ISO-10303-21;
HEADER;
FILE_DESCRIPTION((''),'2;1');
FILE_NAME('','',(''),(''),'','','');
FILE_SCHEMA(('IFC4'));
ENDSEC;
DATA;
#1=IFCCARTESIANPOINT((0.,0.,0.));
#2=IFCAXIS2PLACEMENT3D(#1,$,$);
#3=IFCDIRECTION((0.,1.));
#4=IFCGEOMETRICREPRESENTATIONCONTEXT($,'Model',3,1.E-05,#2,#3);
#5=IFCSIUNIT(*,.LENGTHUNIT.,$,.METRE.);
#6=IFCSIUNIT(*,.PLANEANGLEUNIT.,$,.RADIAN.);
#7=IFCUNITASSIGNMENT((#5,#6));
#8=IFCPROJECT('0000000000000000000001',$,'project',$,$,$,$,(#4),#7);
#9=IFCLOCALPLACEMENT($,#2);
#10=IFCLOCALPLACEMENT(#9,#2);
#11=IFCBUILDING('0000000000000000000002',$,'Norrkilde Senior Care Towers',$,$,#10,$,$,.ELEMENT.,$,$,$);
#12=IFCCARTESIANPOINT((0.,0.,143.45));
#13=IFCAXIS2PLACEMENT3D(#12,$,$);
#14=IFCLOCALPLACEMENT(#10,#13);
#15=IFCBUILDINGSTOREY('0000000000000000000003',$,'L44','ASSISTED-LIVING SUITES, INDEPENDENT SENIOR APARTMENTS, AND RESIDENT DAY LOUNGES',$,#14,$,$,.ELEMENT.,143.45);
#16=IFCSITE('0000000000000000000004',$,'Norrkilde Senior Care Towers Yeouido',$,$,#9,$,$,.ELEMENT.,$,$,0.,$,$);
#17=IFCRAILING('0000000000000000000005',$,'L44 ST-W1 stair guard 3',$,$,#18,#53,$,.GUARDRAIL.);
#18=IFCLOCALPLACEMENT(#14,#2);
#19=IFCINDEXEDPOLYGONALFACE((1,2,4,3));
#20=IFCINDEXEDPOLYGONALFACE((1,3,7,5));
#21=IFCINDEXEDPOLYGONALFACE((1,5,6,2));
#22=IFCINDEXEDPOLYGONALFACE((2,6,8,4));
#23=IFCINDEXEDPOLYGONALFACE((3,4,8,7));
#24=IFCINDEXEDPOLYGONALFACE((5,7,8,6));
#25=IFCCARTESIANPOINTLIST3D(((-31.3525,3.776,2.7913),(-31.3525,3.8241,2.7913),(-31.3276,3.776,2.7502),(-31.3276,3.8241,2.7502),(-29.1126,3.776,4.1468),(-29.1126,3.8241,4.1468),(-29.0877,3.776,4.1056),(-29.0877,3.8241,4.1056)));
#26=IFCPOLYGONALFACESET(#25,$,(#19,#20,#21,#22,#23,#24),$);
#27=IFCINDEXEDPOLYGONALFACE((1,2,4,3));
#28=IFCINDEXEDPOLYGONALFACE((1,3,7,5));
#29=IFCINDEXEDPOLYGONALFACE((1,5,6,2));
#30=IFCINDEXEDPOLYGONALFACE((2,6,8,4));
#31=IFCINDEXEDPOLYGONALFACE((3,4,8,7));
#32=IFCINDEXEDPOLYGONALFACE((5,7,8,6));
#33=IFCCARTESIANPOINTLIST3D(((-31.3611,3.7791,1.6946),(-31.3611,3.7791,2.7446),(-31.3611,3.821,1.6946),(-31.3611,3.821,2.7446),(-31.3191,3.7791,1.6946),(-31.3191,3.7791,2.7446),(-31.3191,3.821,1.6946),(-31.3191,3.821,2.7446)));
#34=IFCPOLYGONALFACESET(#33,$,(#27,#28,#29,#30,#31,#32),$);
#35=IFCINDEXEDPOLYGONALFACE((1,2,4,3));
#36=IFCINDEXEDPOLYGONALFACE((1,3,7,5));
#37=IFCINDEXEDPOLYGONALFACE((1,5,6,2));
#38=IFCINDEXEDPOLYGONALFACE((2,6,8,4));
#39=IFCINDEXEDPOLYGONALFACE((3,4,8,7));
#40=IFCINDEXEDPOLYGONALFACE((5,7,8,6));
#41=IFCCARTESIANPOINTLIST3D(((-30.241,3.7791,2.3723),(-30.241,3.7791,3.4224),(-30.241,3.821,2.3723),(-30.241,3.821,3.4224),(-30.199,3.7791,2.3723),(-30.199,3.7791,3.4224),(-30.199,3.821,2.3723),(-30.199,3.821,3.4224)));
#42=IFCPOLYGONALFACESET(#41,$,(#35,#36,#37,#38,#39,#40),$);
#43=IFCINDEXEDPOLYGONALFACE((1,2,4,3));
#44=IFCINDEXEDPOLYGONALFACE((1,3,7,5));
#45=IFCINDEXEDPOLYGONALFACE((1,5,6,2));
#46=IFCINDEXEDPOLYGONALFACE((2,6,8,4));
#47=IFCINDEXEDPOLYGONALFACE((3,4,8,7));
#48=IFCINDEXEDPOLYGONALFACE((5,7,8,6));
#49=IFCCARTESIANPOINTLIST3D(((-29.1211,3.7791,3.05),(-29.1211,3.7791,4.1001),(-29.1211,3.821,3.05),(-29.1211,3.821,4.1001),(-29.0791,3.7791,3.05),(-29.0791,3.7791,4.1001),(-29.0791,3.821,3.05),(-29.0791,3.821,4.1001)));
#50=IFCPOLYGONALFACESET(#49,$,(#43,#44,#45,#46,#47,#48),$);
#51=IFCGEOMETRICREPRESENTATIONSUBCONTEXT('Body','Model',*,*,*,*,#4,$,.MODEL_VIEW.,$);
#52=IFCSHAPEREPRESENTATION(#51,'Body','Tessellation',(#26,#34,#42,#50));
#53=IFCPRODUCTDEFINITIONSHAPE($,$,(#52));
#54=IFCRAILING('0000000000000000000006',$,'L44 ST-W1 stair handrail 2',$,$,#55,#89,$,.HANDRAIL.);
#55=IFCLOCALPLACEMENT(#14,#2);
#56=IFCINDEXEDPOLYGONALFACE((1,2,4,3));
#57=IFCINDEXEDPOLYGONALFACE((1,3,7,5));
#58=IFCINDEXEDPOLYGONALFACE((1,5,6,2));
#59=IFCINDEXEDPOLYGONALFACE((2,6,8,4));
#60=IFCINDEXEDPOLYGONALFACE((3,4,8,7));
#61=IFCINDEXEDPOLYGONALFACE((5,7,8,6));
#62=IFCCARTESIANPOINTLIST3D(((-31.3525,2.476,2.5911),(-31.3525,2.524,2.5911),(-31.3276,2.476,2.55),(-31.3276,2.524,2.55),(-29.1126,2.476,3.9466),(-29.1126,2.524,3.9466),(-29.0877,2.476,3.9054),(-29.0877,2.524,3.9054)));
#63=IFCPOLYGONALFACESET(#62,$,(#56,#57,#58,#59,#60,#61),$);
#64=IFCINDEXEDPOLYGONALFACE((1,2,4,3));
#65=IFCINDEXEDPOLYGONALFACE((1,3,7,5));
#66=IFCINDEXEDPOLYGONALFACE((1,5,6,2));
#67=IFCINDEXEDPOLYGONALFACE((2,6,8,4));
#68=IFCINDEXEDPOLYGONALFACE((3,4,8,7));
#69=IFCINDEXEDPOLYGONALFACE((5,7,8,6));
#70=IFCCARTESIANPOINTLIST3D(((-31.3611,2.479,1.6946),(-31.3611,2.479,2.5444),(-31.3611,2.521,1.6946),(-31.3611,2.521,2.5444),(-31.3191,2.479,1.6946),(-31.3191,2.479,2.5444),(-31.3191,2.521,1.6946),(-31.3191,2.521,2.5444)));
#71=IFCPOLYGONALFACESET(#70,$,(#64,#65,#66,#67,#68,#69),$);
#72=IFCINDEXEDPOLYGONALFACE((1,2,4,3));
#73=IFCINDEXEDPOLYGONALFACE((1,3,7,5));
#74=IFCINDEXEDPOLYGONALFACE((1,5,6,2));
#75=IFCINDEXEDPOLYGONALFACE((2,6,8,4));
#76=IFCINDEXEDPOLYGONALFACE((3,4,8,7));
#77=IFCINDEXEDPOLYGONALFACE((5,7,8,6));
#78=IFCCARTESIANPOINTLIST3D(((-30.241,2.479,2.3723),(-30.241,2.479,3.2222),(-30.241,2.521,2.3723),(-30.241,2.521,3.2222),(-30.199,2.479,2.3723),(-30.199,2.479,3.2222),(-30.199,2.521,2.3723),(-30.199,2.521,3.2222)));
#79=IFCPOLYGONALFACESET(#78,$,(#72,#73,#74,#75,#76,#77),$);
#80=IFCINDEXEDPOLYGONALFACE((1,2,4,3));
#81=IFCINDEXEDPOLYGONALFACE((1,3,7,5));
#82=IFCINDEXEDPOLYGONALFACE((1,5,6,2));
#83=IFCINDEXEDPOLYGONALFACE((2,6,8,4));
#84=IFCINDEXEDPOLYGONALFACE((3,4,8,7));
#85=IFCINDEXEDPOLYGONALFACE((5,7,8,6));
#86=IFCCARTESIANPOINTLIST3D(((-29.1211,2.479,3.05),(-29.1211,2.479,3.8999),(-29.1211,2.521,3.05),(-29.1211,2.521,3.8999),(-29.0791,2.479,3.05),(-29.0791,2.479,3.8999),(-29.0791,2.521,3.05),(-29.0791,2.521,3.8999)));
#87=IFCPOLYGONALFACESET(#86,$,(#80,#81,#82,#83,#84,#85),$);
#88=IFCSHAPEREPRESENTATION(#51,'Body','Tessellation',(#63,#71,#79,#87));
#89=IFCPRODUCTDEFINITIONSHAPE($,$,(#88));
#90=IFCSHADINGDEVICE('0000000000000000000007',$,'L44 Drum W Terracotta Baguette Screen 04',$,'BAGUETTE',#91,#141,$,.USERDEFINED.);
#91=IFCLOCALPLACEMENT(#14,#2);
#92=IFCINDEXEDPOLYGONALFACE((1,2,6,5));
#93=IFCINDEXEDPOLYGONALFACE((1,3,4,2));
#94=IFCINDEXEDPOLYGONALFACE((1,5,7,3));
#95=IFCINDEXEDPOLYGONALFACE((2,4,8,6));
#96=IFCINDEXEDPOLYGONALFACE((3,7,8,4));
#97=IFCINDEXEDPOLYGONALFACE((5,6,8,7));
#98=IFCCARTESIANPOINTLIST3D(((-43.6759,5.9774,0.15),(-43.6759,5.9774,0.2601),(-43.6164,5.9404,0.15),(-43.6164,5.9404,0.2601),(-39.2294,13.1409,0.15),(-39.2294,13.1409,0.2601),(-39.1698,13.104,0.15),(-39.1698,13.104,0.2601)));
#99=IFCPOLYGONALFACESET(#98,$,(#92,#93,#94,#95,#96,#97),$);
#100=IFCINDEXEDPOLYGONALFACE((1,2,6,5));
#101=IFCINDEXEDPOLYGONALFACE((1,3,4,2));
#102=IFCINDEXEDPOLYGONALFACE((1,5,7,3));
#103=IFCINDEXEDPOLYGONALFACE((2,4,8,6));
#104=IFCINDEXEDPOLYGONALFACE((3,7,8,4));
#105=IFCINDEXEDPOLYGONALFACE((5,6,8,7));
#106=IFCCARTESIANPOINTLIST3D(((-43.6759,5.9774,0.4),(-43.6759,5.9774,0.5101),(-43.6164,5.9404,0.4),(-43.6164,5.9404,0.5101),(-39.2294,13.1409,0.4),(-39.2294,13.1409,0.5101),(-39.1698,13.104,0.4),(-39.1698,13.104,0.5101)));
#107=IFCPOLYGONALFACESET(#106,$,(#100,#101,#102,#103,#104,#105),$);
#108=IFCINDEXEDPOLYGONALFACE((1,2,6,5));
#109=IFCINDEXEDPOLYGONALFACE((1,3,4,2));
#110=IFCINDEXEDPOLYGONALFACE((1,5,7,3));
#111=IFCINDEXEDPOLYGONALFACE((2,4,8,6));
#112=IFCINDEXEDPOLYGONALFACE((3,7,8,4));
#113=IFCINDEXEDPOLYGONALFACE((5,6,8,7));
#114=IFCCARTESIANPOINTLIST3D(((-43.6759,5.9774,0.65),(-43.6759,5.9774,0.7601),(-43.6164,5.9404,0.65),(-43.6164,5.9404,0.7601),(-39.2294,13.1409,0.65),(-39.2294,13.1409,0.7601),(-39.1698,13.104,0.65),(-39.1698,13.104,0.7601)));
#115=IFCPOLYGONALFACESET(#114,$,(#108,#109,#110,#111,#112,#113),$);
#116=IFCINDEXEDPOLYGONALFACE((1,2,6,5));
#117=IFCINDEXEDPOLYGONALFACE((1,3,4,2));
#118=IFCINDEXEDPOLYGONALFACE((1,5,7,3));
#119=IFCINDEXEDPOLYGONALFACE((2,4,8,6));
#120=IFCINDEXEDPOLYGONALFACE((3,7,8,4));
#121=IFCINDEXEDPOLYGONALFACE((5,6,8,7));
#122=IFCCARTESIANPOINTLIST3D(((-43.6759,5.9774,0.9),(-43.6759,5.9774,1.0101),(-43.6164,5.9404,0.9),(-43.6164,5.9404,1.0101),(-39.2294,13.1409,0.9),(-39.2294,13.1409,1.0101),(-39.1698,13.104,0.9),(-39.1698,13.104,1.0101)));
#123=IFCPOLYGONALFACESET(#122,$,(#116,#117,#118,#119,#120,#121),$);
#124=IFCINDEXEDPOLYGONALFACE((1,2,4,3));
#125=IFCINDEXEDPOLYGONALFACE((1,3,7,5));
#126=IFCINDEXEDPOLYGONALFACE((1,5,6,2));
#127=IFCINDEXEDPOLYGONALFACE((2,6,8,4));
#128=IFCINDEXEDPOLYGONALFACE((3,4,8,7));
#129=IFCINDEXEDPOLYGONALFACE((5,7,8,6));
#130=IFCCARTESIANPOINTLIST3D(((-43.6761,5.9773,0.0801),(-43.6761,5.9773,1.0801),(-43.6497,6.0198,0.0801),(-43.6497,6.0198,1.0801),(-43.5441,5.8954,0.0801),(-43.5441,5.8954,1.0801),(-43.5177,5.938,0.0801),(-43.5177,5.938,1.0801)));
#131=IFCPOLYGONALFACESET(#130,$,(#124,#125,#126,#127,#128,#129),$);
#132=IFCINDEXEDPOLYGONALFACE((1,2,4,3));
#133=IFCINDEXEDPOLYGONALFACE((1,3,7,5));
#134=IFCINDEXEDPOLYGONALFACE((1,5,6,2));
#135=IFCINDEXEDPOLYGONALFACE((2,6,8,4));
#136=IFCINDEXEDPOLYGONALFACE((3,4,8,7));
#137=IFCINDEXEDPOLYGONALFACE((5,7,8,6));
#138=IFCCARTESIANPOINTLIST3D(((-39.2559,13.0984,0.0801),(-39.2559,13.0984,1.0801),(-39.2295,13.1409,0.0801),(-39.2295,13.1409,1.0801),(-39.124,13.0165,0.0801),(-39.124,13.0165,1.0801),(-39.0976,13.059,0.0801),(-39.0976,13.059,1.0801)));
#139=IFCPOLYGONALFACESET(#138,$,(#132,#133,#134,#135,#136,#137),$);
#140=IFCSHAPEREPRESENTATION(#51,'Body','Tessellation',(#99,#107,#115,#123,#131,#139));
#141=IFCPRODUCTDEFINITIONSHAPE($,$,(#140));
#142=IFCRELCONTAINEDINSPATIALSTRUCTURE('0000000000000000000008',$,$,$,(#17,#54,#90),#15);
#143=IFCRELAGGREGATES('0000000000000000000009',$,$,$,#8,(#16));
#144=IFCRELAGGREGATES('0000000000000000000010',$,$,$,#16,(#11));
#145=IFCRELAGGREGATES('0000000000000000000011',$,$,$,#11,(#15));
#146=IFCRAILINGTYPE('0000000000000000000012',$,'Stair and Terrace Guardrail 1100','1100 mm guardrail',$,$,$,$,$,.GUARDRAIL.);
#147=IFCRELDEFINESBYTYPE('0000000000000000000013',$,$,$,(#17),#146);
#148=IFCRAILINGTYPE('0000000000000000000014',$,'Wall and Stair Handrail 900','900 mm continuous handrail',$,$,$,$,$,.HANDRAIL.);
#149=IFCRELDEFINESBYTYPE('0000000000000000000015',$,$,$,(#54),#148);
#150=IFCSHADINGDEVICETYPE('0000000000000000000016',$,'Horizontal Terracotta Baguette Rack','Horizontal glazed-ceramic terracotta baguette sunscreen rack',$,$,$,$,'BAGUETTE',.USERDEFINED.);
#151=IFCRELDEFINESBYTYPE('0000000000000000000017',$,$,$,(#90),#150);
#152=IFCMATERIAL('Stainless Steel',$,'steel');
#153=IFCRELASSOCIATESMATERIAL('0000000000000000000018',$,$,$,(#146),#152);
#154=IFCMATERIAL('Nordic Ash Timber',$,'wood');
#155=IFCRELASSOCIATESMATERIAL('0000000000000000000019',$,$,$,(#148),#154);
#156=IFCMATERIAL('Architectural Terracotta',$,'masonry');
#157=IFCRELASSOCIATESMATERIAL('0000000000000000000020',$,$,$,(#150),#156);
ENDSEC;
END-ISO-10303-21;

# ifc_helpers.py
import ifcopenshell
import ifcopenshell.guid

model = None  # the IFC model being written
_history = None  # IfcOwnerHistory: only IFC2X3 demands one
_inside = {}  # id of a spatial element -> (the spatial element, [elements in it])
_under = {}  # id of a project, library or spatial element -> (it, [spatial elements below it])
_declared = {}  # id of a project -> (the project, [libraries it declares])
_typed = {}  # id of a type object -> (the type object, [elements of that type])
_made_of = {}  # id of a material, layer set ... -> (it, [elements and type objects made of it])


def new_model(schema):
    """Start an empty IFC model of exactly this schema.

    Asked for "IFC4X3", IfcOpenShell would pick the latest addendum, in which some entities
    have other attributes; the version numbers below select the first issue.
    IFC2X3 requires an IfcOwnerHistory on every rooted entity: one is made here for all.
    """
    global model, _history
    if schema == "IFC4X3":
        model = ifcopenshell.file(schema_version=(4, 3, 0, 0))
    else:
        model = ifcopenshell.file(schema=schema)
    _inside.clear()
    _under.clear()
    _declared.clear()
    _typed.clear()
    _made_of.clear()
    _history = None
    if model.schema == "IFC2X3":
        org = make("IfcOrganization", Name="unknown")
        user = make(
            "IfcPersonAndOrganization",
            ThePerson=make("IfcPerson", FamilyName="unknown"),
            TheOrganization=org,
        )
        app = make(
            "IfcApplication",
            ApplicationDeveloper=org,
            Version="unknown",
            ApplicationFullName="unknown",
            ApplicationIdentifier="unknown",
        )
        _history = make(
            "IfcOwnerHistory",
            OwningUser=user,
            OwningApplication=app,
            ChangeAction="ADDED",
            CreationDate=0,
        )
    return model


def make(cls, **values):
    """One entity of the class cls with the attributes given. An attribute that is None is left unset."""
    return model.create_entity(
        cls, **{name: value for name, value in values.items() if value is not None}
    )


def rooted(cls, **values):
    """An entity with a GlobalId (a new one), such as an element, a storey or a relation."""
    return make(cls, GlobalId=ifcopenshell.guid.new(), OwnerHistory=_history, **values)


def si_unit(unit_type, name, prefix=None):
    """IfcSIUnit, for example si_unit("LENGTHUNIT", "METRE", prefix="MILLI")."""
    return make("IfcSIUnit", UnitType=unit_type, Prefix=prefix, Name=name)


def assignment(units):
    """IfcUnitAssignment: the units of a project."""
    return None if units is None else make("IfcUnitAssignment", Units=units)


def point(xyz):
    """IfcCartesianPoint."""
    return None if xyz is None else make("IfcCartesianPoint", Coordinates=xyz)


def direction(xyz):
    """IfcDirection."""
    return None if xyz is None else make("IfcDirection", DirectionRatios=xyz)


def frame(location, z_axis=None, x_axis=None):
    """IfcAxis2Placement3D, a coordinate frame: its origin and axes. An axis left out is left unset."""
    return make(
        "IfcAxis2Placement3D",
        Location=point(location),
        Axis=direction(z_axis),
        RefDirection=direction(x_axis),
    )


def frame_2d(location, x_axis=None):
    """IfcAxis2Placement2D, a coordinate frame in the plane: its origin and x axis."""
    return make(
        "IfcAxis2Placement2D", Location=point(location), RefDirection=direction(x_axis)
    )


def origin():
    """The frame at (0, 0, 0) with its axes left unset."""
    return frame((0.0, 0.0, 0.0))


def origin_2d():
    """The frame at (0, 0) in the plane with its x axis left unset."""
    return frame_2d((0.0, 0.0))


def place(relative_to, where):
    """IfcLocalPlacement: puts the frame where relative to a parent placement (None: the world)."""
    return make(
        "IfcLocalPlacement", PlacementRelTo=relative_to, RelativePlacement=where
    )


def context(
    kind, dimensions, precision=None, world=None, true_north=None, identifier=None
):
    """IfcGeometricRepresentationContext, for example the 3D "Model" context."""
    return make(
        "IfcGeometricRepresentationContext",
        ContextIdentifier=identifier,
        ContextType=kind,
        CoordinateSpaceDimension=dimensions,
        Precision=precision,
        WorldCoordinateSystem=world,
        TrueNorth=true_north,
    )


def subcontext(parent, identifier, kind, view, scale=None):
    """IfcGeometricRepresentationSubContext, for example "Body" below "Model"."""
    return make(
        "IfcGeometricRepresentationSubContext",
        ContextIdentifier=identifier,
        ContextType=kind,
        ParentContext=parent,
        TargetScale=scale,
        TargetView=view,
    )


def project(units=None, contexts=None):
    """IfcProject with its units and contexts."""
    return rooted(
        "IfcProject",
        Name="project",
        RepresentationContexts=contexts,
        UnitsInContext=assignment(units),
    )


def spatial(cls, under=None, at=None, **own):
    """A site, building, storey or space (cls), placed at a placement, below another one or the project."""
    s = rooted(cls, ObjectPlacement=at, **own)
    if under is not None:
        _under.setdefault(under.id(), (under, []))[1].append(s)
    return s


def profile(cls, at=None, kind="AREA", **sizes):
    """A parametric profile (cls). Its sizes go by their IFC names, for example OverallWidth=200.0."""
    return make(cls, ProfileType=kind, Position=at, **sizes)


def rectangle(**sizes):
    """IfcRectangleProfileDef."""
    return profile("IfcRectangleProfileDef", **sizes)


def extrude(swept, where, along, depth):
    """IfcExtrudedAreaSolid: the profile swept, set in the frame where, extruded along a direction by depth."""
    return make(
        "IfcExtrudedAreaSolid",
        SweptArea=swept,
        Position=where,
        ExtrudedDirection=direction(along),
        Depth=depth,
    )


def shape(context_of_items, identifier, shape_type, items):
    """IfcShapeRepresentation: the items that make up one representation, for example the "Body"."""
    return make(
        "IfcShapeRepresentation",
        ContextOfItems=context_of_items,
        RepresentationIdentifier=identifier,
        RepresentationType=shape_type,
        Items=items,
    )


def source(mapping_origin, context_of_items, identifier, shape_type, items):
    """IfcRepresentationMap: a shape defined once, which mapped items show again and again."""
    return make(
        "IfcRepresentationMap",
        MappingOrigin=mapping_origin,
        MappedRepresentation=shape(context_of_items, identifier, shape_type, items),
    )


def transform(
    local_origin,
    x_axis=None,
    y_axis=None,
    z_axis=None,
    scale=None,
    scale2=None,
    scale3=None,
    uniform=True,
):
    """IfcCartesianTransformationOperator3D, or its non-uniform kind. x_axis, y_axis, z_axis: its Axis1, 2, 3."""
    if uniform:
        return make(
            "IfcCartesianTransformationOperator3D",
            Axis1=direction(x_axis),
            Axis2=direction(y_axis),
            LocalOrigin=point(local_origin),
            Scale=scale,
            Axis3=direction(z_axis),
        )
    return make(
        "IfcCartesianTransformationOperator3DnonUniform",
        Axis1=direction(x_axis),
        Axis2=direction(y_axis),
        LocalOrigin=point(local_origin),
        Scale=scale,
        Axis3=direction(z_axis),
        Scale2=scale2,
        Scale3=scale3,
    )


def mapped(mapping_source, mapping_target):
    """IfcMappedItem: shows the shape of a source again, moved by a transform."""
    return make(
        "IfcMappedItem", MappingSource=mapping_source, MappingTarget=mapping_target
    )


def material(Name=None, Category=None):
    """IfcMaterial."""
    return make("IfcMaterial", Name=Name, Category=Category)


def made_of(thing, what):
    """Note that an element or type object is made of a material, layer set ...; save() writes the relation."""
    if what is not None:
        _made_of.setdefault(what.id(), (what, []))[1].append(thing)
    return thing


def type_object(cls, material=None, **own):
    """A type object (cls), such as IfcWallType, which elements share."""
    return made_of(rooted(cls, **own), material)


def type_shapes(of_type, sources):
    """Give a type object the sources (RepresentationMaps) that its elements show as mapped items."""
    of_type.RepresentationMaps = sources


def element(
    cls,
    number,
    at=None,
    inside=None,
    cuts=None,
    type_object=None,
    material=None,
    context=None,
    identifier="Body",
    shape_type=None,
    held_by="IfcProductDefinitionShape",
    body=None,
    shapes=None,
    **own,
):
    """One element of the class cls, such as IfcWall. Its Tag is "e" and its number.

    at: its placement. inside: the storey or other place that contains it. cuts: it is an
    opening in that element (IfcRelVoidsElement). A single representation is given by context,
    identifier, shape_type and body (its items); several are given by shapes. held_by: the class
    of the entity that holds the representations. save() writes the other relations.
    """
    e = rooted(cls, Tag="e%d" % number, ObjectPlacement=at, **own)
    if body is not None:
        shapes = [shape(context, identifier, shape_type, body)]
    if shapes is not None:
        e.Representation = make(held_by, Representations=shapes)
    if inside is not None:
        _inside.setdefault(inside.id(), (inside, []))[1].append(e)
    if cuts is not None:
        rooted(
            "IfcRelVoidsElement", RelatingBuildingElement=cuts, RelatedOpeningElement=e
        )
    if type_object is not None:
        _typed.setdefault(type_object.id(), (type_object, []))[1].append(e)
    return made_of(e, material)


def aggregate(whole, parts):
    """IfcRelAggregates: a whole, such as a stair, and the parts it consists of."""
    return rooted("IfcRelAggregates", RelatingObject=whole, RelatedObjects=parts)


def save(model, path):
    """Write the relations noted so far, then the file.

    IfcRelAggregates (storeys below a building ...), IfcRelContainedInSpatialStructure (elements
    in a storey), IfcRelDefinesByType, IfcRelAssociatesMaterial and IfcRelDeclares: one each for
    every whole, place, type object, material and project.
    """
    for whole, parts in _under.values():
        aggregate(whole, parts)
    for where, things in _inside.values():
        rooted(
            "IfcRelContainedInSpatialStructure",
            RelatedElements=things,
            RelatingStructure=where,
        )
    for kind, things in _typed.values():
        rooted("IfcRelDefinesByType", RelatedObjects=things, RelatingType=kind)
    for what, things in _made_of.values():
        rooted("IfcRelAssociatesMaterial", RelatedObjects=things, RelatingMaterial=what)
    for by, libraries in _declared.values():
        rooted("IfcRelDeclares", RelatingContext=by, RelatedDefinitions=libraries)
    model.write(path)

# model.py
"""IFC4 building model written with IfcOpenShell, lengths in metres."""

from ifc_helpers import new_model, si_unit, direction, frame, origin, origin_2d, place, context, subcontext, project, spatial, rectangle, extrude, source, transform, mapped, material, type_object, type_shapes, element, save


model = new_model("IFC4")

# Units and contexts
model_context = context("Model", 3, precision=1e-05, world=origin(), true_north=direction((0.0, 1.0)))
body_context = subcontext(model_context, "Body", "Model", "MODEL_VIEW")
ifc_project = project(units=[si_unit("LENGTHUNIT", "METRE"), si_unit("PLANEANGLEUNIT", "RADIAN")], contexts=[model_context])

# Site, building, storey
site_placement = place(None, origin())
site = spatial("IfcSite", under=ifc_project, at=site_placement, Name="Norrkilde Senior Care Towers Yeouido", CompositionType="ELEMENT", RefElevation=0.0)
building_placement = place(site_placement, origin())
building = spatial("IfcBuilding", under=site, at=building_placement, Name="Norrkilde Senior Care Towers", CompositionType="ELEMENT")
storey_placement = place(building_placement, frame((0.0, 0.0, 143.45)))
storey = spatial("IfcBuildingStorey", under=building, at=storey_placement, Name="L44", Description="ASSISTED-LIVING SUITES, INDEPENDENT SENIOR APARTMENTS, AND RESIDENT DAY LOUNGES", CompositionType="ELEMENT", Elevation=143.45)

# Railings
ifc_material_1 = material(Name="Stainless Steel", Category="steel")
railing_type_1 = type_object("IfcRailingType", Name="Stair and Terrace Guardrail 1100", Description="1100 mm guardrail", PredefinedType="GUARDRAIL", material=ifc_material_1)
railing_1_placement = place(storey_placement, frame((-31.3401, 3.8, 1.6946)))
element("IfcRailing", 1, at=railing_1_placement, inside=storey, type_object=railing_type_1, Name="L44 ST-W1 stair guard 3", PredefinedType="GUARDRAIL", context=body_context, shape_type="SweptSolid", body=[
    extrude(rectangle(XDim=0.0481, YDim=0.0481, at=origin_2d()), frame((0.0, 0.0, 1.0762), z_axis=(0.855553, 0.0, 0.517715), x_axis=(0.0, 1.0, 0.0)), (0.0, 0.0, 1.0), 2.6182),
    extrude(rectangle(XDim=0.042, YDim=0.042, at=origin_2d()), origin(), (0.0, 0.0, 1.0), 1.05),
    extrude(rectangle(XDim=0.042, YDim=0.042, at=origin_2d()), frame((1.1201, 0.0, 0.6777)), (0.0, 0.0, 1.0), 1.05),
    extrude(rectangle(XDim=0.042, YDim=0.042, at=origin_2d()), frame((2.24, 0.0, 1.3555)), (0.0, 0.0, 1.0), 1.05),
])
ifc_material_2 = material(Name="Nordic Ash Timber", Category="wood")
railing_type_2 = type_object("IfcRailingType", Name="Wall and Stair Handrail 900", Description="900 mm continuous handrail", PredefinedType="HANDRAIL", material=ifc_material_2)
railing_2_placement = place(storey_placement, frame((-31.3401, 2.5, 1.6946)))
element("IfcRailing", 2, at=railing_2_placement, inside=storey, type_object=railing_type_2, Name="L44 ST-W1 stair handrail 2", PredefinedType="HANDRAIL", context=body_context, shape_type="SweptSolid", body=[
    extrude(rectangle(XDim=0.0481, YDim=0.0481, at=origin_2d()), frame((0.0, 0.0, 0.876), z_axis=(0.855553, 0.0, 0.517715), x_axis=(0.0, 1.0, 0.0)), (0.0, 0.0, 1.0), 2.6182),
    extrude(rectangle(XDim=0.042, YDim=0.042, at=origin_2d()), origin(), (0.0, 0.0, 1.0), 0.8499),
    extrude(rectangle(XDim=0.042, YDim=0.042, at=origin_2d()), frame((1.1201, 0.0, 0.6777)), (0.0, 0.0, 1.0), 0.8499),
    extrude(rectangle(XDim=0.042, YDim=0.042, at=origin_2d()), frame((2.24, 0.0, 1.3555)), (0.0, 0.0, 1.0), 0.8499),
])

# Shading device
ifc_material_3 = material(Name="Architectural Terracotta", Category="masonry")
shading_device_type = type_object("IfcShadingDeviceType", Name="Horizontal Terracotta Baguette Rack", Description="Horizontal glazed-ceramic terracotta baguette sunscreen rack", ElementType="BAGUETTE", PredefinedType="USERDEFINED", material=ifc_material_3)
shared_shape_1 = source(origin(), body_context, "Body", "SweptSolid", [
    extrude(rectangle(XDim=0.0701, YDim=0.1101, at=origin_2d()), frame((0.0, 0.0901, 0.125), z_axis=(1.0, 0.0, 0.0), x_axis=(0.0, 1.0, 0.0)), (0.0, 0.0, 1.0), 8.4314),
    extrude(rectangle(XDim=0.0701, YDim=0.1101, at=origin_2d()), frame((0.0, 0.0901, 0.375), z_axis=(1.0, 0.0, 0.0), x_axis=(0.0, 1.0, 0.0)), (0.0, 0.0, 1.0), 8.4314),
    extrude(rectangle(XDim=0.0701, YDim=0.1101, at=origin_2d()), frame((0.0, 0.0901, 0.625), z_axis=(1.0, 0.0, 0.0), x_axis=(0.0, 1.0, 0.0)), (0.0, 0.0, 1.0), 8.4314),
    extrude(rectangle(XDim=0.0701, YDim=0.1101, at=origin_2d()), frame((0.0, 0.0901, 0.875), z_axis=(1.0, 0.0, 0.0), x_axis=(0.0, 1.0, 0.0)), (0.0, 0.0, 1.0), 8.4314),
    extrude(rectangle(XDim=0.05, YDim=0.1553, at=origin_2d()), frame((0.0249, 0.0476, 0.0)), (0.0, 0.0, 1.0), 1.0),
    extrude(rectangle(XDim=0.05, YDim=0.1553, at=origin_2d()), frame((8.4062, 0.0476, 0.0)), (0.0, 0.0, 1.0), 1.0),
])
type_shapes(shading_device_type, [shared_shape_1])
shading_device_placement = place(storey_placement, frame((-43.5696, 5.9114, 0.0801), z_axis=(0.0, 0.0, 1.0), x_axis=(0.527378, 0.849631, 0.0)))
element("IfcShadingDevice", 3, at=shading_device_placement, inside=storey, type_object=shading_device_type, Name="L44 Drum W Terracotta Baguette Screen 04", ObjectType="BAGUETTE", PredefinedType="USERDEFINED", context=body_context, shape_type="MappedRepresentation", body=[
    mapped(shared_shape_1, transform((0.0, 0.0, 0.0), x_axis=(1.0, 0.0, 0.0), y_axis=(0.0, 1.0, 0.0), z_axis=(0.0, 0.0, 1.0), scale=1.0)),
])

save(model, "model.ifc")
